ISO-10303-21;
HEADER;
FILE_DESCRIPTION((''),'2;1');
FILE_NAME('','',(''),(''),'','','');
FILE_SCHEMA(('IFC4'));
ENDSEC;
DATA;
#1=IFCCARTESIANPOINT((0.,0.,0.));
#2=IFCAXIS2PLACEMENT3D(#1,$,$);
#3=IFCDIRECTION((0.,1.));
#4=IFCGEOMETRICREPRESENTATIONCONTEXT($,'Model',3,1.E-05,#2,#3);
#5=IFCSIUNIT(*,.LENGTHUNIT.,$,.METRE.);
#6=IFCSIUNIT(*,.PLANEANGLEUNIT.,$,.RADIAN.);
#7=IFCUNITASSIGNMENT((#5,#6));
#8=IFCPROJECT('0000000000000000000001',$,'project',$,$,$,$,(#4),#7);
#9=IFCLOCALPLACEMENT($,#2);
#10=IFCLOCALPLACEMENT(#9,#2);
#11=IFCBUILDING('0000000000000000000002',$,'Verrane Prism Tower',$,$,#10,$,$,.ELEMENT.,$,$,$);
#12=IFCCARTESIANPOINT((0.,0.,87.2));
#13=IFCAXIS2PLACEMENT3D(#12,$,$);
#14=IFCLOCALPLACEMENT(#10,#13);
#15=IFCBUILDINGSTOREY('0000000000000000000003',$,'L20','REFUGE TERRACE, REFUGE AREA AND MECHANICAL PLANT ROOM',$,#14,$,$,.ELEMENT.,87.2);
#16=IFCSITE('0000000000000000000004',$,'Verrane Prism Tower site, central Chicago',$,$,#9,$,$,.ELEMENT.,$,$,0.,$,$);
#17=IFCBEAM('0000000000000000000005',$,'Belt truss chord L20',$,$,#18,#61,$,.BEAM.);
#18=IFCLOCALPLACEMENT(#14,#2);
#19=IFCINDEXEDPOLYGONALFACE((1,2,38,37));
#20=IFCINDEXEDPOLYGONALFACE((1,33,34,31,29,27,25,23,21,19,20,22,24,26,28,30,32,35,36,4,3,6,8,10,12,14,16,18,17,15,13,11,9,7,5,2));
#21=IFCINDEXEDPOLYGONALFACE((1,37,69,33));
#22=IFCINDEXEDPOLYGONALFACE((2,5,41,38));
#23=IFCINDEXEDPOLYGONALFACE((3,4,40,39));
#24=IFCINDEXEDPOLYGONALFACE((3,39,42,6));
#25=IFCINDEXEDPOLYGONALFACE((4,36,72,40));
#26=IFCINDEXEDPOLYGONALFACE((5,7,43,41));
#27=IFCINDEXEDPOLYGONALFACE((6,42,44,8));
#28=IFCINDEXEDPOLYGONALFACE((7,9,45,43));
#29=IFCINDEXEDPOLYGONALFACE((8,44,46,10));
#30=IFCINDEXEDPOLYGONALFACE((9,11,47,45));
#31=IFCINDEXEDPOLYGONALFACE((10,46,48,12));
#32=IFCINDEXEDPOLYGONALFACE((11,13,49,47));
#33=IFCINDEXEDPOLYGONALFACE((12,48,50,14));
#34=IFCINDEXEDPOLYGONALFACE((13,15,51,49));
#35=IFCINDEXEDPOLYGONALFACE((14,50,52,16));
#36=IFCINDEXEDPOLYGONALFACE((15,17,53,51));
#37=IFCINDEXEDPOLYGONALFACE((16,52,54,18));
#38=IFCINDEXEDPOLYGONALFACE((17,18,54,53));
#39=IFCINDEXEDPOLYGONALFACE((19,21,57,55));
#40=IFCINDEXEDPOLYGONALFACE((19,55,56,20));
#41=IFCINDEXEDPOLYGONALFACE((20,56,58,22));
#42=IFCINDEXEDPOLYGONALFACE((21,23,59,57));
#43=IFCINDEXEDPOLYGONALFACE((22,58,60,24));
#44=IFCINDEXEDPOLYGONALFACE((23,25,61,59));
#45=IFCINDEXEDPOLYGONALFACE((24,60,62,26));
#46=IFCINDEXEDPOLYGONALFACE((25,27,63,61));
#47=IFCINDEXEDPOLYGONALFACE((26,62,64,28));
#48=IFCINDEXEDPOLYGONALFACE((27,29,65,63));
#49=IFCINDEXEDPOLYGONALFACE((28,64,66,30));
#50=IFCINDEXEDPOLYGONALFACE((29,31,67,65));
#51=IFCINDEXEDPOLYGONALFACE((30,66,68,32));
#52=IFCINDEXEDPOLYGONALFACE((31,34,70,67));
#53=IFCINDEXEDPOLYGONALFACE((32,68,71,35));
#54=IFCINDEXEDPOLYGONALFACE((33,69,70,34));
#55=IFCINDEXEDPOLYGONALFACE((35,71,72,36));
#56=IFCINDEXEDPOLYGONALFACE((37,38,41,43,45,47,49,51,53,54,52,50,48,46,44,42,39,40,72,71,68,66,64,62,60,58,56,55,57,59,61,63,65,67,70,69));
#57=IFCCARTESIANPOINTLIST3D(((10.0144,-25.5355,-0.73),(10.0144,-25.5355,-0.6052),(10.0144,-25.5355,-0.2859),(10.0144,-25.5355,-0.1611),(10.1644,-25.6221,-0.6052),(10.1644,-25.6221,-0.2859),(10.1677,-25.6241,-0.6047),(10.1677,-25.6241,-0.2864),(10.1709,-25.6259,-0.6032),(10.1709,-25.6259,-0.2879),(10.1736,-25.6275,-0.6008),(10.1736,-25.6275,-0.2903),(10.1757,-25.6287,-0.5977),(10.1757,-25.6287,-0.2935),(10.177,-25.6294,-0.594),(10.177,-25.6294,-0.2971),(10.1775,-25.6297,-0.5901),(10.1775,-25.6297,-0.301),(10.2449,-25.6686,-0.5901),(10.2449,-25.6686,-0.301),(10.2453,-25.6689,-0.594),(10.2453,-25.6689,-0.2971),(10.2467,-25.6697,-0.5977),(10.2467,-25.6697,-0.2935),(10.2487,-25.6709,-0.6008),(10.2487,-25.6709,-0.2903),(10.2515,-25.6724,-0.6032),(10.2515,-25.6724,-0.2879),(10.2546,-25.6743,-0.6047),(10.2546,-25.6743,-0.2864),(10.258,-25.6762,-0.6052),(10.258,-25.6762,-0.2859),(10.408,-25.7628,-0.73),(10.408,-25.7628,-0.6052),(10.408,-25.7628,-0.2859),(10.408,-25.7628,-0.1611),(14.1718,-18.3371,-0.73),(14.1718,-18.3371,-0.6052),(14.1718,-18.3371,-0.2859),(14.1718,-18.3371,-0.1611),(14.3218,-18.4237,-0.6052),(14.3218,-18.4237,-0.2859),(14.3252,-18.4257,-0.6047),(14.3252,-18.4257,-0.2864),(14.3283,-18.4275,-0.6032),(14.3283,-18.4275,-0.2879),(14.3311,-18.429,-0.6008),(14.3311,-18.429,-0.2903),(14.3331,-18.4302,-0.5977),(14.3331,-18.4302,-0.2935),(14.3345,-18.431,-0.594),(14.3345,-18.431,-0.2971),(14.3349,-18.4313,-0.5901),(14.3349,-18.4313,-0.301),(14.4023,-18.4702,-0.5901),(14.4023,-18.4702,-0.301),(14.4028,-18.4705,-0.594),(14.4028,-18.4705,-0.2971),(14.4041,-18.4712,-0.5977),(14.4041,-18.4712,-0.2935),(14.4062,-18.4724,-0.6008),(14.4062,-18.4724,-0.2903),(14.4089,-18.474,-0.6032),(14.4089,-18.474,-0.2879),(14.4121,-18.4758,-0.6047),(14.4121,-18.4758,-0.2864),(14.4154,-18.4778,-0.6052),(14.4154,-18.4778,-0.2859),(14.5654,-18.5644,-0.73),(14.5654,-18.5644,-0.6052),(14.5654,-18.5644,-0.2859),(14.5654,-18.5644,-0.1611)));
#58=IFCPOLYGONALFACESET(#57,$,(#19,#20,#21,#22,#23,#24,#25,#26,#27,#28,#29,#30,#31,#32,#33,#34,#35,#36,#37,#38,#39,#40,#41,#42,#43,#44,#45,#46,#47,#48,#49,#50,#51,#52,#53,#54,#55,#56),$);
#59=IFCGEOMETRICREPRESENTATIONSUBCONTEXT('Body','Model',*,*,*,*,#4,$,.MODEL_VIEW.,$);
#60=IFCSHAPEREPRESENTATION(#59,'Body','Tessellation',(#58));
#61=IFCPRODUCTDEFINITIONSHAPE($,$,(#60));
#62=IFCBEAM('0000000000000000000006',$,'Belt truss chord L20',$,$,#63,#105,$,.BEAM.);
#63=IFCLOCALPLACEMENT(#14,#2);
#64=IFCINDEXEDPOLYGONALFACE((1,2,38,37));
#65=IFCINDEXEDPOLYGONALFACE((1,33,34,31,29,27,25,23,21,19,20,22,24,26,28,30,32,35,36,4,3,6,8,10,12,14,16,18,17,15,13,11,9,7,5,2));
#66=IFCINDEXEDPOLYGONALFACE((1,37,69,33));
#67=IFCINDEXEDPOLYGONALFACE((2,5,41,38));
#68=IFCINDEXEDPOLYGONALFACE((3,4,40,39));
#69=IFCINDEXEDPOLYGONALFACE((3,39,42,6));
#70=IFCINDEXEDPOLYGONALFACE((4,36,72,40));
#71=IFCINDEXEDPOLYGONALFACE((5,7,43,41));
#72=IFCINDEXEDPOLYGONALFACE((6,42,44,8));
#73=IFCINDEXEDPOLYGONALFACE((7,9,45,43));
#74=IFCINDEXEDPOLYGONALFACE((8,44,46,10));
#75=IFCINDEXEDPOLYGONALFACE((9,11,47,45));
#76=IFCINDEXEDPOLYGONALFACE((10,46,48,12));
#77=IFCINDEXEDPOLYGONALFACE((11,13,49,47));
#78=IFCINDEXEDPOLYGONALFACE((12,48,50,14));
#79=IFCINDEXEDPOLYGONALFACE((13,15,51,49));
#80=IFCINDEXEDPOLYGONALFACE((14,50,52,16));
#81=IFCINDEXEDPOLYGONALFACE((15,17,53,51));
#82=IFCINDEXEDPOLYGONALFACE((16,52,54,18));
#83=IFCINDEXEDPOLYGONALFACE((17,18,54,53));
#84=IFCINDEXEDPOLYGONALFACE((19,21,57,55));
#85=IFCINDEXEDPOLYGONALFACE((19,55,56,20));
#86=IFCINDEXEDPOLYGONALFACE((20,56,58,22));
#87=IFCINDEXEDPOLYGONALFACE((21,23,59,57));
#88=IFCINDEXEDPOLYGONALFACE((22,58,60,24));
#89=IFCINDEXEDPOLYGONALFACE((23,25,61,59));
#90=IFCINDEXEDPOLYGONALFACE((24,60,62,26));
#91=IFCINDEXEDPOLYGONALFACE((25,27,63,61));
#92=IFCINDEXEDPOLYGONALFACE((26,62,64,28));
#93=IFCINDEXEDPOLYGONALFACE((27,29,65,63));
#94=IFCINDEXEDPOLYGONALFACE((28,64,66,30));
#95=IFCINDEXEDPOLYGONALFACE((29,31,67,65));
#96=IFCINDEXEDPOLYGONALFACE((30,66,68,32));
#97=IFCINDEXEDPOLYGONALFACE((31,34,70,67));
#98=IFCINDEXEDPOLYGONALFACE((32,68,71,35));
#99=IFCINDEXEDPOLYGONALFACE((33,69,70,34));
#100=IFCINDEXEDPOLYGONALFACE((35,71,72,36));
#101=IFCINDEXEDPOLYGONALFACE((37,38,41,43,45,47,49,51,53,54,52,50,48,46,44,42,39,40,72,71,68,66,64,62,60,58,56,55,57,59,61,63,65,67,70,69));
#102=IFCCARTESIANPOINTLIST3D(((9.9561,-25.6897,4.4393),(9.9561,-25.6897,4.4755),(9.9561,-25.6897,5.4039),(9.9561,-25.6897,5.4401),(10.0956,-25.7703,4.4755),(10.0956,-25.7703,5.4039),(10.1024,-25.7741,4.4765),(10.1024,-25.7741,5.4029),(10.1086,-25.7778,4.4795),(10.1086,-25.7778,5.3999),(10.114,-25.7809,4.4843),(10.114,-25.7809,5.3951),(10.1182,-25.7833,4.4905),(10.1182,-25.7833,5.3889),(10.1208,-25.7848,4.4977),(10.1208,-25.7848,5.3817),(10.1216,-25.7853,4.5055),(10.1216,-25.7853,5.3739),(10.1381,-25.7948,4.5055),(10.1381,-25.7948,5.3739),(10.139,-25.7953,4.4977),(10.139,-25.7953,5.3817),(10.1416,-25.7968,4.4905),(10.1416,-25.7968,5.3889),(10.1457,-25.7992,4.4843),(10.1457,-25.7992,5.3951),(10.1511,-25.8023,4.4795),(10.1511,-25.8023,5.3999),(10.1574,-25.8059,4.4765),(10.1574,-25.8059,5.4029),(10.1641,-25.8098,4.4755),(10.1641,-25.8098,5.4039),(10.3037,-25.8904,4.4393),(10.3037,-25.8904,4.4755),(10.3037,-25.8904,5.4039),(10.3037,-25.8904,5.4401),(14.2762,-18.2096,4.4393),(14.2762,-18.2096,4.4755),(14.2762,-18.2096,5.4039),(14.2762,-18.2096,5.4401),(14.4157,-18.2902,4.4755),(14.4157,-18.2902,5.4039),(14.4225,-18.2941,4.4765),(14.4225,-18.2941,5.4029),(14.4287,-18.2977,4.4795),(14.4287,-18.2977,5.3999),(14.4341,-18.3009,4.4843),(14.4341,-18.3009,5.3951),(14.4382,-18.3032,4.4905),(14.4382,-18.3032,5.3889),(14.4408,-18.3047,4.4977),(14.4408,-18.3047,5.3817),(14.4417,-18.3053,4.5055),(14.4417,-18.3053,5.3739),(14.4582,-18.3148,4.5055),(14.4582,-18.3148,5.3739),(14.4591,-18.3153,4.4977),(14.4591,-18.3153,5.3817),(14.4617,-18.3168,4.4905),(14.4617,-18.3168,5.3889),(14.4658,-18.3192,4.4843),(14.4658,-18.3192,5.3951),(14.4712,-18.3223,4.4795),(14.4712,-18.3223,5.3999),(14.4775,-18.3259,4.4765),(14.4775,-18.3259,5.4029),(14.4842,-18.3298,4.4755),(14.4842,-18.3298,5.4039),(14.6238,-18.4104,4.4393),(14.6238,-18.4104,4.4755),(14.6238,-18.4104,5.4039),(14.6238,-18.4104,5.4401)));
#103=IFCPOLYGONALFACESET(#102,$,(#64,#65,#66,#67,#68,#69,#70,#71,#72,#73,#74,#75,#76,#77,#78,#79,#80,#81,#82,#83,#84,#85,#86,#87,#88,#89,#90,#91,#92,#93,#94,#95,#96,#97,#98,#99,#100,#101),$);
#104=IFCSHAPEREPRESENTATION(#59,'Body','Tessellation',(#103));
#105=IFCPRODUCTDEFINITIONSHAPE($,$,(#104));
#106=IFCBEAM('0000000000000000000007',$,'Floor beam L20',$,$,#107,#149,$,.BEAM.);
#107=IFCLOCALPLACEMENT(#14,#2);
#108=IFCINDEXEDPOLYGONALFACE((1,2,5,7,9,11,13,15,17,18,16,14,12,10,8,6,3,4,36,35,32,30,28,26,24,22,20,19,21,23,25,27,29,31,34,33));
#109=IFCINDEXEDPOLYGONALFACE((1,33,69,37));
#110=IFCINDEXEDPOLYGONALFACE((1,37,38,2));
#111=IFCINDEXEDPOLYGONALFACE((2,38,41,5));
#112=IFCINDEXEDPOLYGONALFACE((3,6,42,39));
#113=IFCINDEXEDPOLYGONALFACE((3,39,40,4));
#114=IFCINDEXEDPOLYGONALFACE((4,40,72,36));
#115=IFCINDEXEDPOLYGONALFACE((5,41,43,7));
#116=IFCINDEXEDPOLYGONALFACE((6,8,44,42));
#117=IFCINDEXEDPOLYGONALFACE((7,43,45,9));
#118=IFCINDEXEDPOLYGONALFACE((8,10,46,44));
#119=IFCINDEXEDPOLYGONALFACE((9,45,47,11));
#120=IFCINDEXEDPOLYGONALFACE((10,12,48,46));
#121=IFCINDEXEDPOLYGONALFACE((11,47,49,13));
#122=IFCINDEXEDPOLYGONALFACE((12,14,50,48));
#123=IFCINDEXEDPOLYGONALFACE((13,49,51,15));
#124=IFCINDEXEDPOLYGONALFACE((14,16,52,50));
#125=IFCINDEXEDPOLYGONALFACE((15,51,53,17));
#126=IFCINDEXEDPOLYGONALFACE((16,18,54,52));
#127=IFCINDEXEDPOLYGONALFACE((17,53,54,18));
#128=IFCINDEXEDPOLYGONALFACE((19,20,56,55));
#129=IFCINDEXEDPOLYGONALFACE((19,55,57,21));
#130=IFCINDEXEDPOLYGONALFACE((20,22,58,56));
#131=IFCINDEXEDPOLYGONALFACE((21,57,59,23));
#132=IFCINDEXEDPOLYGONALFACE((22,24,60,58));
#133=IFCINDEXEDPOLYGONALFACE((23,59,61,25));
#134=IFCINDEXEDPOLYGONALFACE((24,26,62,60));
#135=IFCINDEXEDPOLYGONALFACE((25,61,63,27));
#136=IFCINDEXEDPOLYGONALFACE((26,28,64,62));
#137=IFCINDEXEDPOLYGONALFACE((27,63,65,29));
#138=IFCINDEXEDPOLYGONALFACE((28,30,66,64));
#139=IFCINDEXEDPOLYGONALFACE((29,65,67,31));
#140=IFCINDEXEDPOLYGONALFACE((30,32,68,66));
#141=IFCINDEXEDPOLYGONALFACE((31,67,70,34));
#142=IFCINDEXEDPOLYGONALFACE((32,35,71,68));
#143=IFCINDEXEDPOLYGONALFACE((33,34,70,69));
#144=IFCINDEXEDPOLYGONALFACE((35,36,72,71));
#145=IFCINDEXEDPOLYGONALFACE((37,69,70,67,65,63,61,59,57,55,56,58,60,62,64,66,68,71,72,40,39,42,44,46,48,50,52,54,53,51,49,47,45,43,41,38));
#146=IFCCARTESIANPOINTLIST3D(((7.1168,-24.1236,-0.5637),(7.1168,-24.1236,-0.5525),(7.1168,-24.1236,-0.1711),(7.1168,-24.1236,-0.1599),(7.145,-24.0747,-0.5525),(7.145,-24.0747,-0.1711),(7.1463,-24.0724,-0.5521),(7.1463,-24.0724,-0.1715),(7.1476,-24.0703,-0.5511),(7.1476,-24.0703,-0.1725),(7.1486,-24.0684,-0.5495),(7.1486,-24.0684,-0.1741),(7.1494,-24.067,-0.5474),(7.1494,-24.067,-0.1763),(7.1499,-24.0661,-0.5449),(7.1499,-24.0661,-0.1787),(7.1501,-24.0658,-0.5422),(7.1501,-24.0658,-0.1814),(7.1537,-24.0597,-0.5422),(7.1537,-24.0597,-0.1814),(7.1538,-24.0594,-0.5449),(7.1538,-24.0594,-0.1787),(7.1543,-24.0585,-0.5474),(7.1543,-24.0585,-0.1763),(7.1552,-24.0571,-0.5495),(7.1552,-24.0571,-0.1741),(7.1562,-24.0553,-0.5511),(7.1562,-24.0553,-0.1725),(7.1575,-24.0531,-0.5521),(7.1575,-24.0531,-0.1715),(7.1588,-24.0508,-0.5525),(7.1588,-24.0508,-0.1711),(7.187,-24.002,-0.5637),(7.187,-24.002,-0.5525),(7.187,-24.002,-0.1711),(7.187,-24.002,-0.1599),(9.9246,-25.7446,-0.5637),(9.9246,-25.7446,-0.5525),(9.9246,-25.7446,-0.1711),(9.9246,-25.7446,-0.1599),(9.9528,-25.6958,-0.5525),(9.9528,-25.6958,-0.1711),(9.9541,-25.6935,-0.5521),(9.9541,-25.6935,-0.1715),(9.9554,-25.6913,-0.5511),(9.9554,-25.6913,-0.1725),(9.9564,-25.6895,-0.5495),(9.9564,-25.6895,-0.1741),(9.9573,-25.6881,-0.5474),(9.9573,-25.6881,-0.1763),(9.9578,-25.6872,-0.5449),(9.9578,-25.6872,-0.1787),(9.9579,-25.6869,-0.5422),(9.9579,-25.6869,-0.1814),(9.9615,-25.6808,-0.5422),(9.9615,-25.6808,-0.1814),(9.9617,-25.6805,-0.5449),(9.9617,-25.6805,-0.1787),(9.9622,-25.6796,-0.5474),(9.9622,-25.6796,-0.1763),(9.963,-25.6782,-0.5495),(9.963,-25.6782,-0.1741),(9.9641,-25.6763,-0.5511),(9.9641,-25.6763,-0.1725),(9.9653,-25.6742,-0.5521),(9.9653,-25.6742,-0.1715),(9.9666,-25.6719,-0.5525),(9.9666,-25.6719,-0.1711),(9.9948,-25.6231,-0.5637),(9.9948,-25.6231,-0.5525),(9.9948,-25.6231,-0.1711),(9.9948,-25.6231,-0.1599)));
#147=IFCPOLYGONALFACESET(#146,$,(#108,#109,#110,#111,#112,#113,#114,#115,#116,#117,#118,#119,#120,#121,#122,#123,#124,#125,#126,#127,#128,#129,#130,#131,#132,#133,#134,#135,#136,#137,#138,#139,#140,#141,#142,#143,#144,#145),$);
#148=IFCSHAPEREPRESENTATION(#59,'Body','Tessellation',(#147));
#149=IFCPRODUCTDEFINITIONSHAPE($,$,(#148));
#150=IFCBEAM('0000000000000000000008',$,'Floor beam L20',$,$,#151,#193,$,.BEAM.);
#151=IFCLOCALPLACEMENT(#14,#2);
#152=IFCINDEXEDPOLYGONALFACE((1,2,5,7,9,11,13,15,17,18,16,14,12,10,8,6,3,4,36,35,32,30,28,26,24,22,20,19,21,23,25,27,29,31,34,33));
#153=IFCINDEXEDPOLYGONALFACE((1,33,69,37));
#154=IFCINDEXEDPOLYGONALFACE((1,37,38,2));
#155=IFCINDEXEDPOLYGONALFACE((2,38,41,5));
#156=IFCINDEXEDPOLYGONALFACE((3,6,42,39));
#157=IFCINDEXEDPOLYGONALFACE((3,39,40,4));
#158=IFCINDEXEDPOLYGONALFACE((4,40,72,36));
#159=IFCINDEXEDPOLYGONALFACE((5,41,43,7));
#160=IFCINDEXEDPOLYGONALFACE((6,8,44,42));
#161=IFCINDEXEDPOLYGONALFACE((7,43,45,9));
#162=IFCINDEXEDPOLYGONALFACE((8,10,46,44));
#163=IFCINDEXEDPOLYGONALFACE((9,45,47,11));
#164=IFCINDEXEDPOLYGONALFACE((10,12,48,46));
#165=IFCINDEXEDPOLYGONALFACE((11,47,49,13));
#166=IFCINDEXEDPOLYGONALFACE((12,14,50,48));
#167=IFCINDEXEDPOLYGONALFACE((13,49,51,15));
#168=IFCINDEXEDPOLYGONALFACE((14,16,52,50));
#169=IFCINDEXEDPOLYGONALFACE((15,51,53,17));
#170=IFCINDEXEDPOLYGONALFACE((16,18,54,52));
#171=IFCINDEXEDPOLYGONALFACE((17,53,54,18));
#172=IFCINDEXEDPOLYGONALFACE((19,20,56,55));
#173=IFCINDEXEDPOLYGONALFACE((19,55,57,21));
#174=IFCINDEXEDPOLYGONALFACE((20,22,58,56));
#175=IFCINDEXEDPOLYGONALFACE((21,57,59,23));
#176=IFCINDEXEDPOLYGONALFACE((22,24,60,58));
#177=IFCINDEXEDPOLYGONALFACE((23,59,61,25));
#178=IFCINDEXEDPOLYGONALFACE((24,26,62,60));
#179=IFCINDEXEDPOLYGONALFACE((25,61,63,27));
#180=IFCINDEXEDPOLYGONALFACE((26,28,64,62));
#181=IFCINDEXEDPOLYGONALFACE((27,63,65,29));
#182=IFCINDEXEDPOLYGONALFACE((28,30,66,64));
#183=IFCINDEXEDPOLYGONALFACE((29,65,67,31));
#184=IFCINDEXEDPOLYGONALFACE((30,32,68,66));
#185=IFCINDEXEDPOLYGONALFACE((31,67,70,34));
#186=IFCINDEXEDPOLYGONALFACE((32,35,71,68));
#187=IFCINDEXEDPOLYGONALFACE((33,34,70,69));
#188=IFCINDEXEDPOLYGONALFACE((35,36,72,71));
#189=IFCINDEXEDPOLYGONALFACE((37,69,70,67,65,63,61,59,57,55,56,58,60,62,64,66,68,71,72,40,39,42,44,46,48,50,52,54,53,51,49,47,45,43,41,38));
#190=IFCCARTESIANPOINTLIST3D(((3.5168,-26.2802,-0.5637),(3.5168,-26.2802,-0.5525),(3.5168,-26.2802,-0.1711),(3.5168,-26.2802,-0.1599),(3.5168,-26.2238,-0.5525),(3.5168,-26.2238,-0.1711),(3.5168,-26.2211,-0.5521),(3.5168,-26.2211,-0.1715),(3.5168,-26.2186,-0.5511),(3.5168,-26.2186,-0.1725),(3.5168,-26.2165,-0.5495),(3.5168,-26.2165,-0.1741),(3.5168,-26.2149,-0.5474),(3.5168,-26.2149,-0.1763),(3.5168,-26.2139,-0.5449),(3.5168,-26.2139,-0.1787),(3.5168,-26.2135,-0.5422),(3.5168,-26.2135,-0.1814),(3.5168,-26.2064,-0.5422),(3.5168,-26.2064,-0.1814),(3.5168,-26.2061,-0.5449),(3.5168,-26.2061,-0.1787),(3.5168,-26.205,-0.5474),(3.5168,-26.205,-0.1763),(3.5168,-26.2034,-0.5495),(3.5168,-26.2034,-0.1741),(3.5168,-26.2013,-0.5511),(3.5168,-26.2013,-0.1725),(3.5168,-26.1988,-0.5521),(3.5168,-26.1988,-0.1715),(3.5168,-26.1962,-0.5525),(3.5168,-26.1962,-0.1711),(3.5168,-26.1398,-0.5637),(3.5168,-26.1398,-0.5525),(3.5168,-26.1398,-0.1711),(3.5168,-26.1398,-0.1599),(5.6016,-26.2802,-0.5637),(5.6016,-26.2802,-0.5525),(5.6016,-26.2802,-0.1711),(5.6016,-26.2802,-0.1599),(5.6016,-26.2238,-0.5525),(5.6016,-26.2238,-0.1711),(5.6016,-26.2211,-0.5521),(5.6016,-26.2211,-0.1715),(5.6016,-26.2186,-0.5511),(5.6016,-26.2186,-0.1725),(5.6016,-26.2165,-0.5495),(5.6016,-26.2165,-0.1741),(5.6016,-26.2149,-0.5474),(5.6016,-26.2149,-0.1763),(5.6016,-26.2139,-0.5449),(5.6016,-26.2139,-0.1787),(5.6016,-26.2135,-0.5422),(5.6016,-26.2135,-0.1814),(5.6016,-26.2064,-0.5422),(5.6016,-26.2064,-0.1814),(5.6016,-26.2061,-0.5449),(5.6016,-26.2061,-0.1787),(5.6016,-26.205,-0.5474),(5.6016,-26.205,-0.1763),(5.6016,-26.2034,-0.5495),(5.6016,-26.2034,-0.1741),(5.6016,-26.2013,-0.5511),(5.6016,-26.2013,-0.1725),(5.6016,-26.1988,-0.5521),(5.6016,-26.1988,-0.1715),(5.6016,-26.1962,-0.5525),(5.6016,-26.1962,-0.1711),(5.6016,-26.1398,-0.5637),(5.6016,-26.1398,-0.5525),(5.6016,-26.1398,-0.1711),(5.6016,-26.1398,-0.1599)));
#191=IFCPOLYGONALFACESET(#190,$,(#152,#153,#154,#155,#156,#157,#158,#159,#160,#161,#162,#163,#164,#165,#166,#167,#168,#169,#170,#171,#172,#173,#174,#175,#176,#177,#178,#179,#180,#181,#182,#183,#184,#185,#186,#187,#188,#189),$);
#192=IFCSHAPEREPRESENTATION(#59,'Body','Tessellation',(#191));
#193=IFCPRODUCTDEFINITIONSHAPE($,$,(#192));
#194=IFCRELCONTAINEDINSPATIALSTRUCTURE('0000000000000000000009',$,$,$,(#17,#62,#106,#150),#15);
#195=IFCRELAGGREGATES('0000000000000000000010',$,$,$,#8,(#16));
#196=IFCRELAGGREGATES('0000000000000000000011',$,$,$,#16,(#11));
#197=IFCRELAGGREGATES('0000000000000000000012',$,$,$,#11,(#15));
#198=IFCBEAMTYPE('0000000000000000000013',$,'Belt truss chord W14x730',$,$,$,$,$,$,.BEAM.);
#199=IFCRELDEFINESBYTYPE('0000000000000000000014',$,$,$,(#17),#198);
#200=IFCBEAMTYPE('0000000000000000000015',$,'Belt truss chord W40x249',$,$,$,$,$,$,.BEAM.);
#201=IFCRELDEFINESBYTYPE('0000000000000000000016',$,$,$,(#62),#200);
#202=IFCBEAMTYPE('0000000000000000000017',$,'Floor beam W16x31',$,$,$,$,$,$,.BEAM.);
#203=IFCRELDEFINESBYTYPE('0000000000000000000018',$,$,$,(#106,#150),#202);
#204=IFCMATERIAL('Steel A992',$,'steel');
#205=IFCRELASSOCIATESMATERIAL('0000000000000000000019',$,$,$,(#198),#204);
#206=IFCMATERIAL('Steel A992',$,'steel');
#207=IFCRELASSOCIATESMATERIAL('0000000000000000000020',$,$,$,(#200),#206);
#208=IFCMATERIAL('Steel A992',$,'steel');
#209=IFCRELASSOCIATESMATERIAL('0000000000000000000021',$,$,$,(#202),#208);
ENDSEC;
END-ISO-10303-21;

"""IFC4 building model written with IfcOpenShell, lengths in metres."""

from ifc_helpers import new_model, si_unit, direction, frame, origin, origin_2d, place, context, subcontext, project, spatial, i_section, extrude, material, material_profile, profile_set, type_object, element, save


model = new_model("IFC4")

# Units and contexts
model_context = context("Model", 3, precision=1e-05, world=origin(), true_north=direction((0.0, 1.0)))
body_context = subcontext(model_context, "Body", "Model", "MODEL_VIEW")
ifc_project = project(units=[si_unit("LENGTHUNIT", "METRE"), si_unit("PLANEANGLEUNIT", "RADIAN")], contexts=[model_context])

# Site, building, storey
site_placement = place(None, origin())
site = spatial("IfcSite", under=ifc_project, at=site_placement, Name="Verrane Prism Tower site, central Chicago", CompositionType="ELEMENT", RefElevation=0.0)
building_placement = place(site_placement, origin())
building = spatial("IfcBuilding", under=site, at=building_placement, Name="Verrane Prism Tower", CompositionType="ELEMENT")
storey_placement = place(building_placement, frame((0.0, 0.0, 87.2)))
storey = spatial("IfcBuildingStorey", under=building, at=storey_placement, Name="L20", Description="REFUGE TERRACE, REFUGE AREA AND MECHANICAL PLANT ROOM", CompositionType="ELEMENT", Elevation=87.2)

# Beams
ifc_material_1 = material(Name="Steel A992", Category="steel")
ifc_material_profile_1 = material_profile(ifc_material_1, i_section(OverallWidth=0.4546, OverallDepth=0.5688, WebThickness=0.0779, FlangeThickness=0.1248, FilletRadius=0.0151, at=origin_2d()), Name="W14x730")
ifc_profile_set_1 = profile_set([ifc_material_profile_1], Name="Steel A992")
beam_type_1 = type_object("IfcBeamType", Name="Belt truss chord W14x730", PredefinedType="BEAM", material=ifc_profile_set_1)
beam_1_placement = place(storey_placement, frame((10.2112, -25.6492, -0.4456), z_axis=(0.500128, 0.865951, 0.0), x_axis=(-0.865951, 0.500128, 0.0)))
element("IfcBeam", 1, at=beam_1_placement, inside=storey, type_object=beam_type_1, Name="Belt truss chord L20", PredefinedType="BEAM", context=body_context, shape_type="SweptSolid", body=[
    extrude(i_section(OverallWidth=0.4546, OverallDepth=0.5688, WebThickness=0.0779, FlangeThickness=0.1248, FilletRadius=0.0151, at=origin_2d()), origin(), (0.0, 0.0, 1.0), 8.3127),
])
ifc_material_2 = material(Name="Steel A992", Category="steel")
ifc_material_profile_2 = material_profile(ifc_material_2, i_section(OverallWidth=0.4014, OverallDepth=1.0007, WebThickness=0.019, FlangeThickness=0.0361, FilletRadius=0.03, at=origin_2d()), Name="W40x249")
ifc_profile_set_2 = profile_set([ifc_material_profile_2], Name="Steel A992")
beam_type_2 = type_object("IfcBeamType", Name="Belt truss chord W40x249", PredefinedType="BEAM", material=ifc_profile_set_2)
beam_2_placement = place(storey_placement, frame((10.1299, -25.79, 4.9397), z_axis=(0.50013, 0.86595, 0.0), x_axis=(-0.86595, 0.50013, 0.0)))
element("IfcBeam", 2, at=beam_2_placement, inside=storey, type_object=beam_type_2, Name="Belt truss chord L20", PredefinedType="BEAM", context=body_context, shape_type="SweptSolid", body=[
    extrude(i_section(OverallWidth=0.4014, OverallDepth=1.0007, WebThickness=0.019, FlangeThickness=0.0361, FilletRadius=0.03, at=origin_2d()), origin(), (0.0, 0.0, 1.0), 8.6379),
])
ifc_material_3 = material(Name="Steel A992", Category="steel")
ifc_material_profile_3 = material_profile(ifc_material_3, i_section(OverallWidth=0.1404, OverallDepth=0.4038, WebThickness=0.0071, FlangeThickness=0.0112, FilletRadius=0.0103, at=origin_2d()), Name="W16x31")
ifc_profile_set_3 = profile_set([ifc_material_profile_3], Name="Steel A992")
beam_type_3 = type_object("IfcBeamType", Name="Floor beam W16x31", PredefinedType="BEAM", material=ifc_profile_set_3)
beam_3_placement = place(storey_placement, frame((9.9597, -25.6838, -0.3618), z_axis=(-0.866029, 0.499994, 0.0), x_axis=(-0.499994, -0.866029, 0.0)))
element("IfcBeam", 3, at=beam_3_placement, inside=storey, type_object=beam_type_3, Name="Floor beam L20", PredefinedType="BEAM", context=body_context, shape_type="SweptSolid", body=[
    extrude(i_section(OverallWidth=0.1404, OverallDepth=0.4038, WebThickness=0.0071, FlangeThickness=0.0112, FilletRadius=0.0103, at=origin_2d()), origin(), (0.0, 0.0, 1.0), 3.2422),
])
beam_4_placement = place(storey_placement, frame((3.5168, -26.21, -0.3618), z_axis=(1.0, 0.0, 0.0), x_axis=(0.0, 1.0, 0.0)))
element("IfcBeam", 4, at=beam_4_placement, inside=storey, type_object=beam_type_3, Name="Floor beam L20", PredefinedType="BEAM", context=body_context, shape_type="SweptSolid", body=[
    extrude(i_section(OverallWidth=0.1404, OverallDepth=0.4038, WebThickness=0.0071, FlangeThickness=0.0112, FilletRadius=0.0103, at=origin_2d()), origin(), (0.0, 0.0, 1.0), 2.0847),
])

save(model, "model.ifc")
